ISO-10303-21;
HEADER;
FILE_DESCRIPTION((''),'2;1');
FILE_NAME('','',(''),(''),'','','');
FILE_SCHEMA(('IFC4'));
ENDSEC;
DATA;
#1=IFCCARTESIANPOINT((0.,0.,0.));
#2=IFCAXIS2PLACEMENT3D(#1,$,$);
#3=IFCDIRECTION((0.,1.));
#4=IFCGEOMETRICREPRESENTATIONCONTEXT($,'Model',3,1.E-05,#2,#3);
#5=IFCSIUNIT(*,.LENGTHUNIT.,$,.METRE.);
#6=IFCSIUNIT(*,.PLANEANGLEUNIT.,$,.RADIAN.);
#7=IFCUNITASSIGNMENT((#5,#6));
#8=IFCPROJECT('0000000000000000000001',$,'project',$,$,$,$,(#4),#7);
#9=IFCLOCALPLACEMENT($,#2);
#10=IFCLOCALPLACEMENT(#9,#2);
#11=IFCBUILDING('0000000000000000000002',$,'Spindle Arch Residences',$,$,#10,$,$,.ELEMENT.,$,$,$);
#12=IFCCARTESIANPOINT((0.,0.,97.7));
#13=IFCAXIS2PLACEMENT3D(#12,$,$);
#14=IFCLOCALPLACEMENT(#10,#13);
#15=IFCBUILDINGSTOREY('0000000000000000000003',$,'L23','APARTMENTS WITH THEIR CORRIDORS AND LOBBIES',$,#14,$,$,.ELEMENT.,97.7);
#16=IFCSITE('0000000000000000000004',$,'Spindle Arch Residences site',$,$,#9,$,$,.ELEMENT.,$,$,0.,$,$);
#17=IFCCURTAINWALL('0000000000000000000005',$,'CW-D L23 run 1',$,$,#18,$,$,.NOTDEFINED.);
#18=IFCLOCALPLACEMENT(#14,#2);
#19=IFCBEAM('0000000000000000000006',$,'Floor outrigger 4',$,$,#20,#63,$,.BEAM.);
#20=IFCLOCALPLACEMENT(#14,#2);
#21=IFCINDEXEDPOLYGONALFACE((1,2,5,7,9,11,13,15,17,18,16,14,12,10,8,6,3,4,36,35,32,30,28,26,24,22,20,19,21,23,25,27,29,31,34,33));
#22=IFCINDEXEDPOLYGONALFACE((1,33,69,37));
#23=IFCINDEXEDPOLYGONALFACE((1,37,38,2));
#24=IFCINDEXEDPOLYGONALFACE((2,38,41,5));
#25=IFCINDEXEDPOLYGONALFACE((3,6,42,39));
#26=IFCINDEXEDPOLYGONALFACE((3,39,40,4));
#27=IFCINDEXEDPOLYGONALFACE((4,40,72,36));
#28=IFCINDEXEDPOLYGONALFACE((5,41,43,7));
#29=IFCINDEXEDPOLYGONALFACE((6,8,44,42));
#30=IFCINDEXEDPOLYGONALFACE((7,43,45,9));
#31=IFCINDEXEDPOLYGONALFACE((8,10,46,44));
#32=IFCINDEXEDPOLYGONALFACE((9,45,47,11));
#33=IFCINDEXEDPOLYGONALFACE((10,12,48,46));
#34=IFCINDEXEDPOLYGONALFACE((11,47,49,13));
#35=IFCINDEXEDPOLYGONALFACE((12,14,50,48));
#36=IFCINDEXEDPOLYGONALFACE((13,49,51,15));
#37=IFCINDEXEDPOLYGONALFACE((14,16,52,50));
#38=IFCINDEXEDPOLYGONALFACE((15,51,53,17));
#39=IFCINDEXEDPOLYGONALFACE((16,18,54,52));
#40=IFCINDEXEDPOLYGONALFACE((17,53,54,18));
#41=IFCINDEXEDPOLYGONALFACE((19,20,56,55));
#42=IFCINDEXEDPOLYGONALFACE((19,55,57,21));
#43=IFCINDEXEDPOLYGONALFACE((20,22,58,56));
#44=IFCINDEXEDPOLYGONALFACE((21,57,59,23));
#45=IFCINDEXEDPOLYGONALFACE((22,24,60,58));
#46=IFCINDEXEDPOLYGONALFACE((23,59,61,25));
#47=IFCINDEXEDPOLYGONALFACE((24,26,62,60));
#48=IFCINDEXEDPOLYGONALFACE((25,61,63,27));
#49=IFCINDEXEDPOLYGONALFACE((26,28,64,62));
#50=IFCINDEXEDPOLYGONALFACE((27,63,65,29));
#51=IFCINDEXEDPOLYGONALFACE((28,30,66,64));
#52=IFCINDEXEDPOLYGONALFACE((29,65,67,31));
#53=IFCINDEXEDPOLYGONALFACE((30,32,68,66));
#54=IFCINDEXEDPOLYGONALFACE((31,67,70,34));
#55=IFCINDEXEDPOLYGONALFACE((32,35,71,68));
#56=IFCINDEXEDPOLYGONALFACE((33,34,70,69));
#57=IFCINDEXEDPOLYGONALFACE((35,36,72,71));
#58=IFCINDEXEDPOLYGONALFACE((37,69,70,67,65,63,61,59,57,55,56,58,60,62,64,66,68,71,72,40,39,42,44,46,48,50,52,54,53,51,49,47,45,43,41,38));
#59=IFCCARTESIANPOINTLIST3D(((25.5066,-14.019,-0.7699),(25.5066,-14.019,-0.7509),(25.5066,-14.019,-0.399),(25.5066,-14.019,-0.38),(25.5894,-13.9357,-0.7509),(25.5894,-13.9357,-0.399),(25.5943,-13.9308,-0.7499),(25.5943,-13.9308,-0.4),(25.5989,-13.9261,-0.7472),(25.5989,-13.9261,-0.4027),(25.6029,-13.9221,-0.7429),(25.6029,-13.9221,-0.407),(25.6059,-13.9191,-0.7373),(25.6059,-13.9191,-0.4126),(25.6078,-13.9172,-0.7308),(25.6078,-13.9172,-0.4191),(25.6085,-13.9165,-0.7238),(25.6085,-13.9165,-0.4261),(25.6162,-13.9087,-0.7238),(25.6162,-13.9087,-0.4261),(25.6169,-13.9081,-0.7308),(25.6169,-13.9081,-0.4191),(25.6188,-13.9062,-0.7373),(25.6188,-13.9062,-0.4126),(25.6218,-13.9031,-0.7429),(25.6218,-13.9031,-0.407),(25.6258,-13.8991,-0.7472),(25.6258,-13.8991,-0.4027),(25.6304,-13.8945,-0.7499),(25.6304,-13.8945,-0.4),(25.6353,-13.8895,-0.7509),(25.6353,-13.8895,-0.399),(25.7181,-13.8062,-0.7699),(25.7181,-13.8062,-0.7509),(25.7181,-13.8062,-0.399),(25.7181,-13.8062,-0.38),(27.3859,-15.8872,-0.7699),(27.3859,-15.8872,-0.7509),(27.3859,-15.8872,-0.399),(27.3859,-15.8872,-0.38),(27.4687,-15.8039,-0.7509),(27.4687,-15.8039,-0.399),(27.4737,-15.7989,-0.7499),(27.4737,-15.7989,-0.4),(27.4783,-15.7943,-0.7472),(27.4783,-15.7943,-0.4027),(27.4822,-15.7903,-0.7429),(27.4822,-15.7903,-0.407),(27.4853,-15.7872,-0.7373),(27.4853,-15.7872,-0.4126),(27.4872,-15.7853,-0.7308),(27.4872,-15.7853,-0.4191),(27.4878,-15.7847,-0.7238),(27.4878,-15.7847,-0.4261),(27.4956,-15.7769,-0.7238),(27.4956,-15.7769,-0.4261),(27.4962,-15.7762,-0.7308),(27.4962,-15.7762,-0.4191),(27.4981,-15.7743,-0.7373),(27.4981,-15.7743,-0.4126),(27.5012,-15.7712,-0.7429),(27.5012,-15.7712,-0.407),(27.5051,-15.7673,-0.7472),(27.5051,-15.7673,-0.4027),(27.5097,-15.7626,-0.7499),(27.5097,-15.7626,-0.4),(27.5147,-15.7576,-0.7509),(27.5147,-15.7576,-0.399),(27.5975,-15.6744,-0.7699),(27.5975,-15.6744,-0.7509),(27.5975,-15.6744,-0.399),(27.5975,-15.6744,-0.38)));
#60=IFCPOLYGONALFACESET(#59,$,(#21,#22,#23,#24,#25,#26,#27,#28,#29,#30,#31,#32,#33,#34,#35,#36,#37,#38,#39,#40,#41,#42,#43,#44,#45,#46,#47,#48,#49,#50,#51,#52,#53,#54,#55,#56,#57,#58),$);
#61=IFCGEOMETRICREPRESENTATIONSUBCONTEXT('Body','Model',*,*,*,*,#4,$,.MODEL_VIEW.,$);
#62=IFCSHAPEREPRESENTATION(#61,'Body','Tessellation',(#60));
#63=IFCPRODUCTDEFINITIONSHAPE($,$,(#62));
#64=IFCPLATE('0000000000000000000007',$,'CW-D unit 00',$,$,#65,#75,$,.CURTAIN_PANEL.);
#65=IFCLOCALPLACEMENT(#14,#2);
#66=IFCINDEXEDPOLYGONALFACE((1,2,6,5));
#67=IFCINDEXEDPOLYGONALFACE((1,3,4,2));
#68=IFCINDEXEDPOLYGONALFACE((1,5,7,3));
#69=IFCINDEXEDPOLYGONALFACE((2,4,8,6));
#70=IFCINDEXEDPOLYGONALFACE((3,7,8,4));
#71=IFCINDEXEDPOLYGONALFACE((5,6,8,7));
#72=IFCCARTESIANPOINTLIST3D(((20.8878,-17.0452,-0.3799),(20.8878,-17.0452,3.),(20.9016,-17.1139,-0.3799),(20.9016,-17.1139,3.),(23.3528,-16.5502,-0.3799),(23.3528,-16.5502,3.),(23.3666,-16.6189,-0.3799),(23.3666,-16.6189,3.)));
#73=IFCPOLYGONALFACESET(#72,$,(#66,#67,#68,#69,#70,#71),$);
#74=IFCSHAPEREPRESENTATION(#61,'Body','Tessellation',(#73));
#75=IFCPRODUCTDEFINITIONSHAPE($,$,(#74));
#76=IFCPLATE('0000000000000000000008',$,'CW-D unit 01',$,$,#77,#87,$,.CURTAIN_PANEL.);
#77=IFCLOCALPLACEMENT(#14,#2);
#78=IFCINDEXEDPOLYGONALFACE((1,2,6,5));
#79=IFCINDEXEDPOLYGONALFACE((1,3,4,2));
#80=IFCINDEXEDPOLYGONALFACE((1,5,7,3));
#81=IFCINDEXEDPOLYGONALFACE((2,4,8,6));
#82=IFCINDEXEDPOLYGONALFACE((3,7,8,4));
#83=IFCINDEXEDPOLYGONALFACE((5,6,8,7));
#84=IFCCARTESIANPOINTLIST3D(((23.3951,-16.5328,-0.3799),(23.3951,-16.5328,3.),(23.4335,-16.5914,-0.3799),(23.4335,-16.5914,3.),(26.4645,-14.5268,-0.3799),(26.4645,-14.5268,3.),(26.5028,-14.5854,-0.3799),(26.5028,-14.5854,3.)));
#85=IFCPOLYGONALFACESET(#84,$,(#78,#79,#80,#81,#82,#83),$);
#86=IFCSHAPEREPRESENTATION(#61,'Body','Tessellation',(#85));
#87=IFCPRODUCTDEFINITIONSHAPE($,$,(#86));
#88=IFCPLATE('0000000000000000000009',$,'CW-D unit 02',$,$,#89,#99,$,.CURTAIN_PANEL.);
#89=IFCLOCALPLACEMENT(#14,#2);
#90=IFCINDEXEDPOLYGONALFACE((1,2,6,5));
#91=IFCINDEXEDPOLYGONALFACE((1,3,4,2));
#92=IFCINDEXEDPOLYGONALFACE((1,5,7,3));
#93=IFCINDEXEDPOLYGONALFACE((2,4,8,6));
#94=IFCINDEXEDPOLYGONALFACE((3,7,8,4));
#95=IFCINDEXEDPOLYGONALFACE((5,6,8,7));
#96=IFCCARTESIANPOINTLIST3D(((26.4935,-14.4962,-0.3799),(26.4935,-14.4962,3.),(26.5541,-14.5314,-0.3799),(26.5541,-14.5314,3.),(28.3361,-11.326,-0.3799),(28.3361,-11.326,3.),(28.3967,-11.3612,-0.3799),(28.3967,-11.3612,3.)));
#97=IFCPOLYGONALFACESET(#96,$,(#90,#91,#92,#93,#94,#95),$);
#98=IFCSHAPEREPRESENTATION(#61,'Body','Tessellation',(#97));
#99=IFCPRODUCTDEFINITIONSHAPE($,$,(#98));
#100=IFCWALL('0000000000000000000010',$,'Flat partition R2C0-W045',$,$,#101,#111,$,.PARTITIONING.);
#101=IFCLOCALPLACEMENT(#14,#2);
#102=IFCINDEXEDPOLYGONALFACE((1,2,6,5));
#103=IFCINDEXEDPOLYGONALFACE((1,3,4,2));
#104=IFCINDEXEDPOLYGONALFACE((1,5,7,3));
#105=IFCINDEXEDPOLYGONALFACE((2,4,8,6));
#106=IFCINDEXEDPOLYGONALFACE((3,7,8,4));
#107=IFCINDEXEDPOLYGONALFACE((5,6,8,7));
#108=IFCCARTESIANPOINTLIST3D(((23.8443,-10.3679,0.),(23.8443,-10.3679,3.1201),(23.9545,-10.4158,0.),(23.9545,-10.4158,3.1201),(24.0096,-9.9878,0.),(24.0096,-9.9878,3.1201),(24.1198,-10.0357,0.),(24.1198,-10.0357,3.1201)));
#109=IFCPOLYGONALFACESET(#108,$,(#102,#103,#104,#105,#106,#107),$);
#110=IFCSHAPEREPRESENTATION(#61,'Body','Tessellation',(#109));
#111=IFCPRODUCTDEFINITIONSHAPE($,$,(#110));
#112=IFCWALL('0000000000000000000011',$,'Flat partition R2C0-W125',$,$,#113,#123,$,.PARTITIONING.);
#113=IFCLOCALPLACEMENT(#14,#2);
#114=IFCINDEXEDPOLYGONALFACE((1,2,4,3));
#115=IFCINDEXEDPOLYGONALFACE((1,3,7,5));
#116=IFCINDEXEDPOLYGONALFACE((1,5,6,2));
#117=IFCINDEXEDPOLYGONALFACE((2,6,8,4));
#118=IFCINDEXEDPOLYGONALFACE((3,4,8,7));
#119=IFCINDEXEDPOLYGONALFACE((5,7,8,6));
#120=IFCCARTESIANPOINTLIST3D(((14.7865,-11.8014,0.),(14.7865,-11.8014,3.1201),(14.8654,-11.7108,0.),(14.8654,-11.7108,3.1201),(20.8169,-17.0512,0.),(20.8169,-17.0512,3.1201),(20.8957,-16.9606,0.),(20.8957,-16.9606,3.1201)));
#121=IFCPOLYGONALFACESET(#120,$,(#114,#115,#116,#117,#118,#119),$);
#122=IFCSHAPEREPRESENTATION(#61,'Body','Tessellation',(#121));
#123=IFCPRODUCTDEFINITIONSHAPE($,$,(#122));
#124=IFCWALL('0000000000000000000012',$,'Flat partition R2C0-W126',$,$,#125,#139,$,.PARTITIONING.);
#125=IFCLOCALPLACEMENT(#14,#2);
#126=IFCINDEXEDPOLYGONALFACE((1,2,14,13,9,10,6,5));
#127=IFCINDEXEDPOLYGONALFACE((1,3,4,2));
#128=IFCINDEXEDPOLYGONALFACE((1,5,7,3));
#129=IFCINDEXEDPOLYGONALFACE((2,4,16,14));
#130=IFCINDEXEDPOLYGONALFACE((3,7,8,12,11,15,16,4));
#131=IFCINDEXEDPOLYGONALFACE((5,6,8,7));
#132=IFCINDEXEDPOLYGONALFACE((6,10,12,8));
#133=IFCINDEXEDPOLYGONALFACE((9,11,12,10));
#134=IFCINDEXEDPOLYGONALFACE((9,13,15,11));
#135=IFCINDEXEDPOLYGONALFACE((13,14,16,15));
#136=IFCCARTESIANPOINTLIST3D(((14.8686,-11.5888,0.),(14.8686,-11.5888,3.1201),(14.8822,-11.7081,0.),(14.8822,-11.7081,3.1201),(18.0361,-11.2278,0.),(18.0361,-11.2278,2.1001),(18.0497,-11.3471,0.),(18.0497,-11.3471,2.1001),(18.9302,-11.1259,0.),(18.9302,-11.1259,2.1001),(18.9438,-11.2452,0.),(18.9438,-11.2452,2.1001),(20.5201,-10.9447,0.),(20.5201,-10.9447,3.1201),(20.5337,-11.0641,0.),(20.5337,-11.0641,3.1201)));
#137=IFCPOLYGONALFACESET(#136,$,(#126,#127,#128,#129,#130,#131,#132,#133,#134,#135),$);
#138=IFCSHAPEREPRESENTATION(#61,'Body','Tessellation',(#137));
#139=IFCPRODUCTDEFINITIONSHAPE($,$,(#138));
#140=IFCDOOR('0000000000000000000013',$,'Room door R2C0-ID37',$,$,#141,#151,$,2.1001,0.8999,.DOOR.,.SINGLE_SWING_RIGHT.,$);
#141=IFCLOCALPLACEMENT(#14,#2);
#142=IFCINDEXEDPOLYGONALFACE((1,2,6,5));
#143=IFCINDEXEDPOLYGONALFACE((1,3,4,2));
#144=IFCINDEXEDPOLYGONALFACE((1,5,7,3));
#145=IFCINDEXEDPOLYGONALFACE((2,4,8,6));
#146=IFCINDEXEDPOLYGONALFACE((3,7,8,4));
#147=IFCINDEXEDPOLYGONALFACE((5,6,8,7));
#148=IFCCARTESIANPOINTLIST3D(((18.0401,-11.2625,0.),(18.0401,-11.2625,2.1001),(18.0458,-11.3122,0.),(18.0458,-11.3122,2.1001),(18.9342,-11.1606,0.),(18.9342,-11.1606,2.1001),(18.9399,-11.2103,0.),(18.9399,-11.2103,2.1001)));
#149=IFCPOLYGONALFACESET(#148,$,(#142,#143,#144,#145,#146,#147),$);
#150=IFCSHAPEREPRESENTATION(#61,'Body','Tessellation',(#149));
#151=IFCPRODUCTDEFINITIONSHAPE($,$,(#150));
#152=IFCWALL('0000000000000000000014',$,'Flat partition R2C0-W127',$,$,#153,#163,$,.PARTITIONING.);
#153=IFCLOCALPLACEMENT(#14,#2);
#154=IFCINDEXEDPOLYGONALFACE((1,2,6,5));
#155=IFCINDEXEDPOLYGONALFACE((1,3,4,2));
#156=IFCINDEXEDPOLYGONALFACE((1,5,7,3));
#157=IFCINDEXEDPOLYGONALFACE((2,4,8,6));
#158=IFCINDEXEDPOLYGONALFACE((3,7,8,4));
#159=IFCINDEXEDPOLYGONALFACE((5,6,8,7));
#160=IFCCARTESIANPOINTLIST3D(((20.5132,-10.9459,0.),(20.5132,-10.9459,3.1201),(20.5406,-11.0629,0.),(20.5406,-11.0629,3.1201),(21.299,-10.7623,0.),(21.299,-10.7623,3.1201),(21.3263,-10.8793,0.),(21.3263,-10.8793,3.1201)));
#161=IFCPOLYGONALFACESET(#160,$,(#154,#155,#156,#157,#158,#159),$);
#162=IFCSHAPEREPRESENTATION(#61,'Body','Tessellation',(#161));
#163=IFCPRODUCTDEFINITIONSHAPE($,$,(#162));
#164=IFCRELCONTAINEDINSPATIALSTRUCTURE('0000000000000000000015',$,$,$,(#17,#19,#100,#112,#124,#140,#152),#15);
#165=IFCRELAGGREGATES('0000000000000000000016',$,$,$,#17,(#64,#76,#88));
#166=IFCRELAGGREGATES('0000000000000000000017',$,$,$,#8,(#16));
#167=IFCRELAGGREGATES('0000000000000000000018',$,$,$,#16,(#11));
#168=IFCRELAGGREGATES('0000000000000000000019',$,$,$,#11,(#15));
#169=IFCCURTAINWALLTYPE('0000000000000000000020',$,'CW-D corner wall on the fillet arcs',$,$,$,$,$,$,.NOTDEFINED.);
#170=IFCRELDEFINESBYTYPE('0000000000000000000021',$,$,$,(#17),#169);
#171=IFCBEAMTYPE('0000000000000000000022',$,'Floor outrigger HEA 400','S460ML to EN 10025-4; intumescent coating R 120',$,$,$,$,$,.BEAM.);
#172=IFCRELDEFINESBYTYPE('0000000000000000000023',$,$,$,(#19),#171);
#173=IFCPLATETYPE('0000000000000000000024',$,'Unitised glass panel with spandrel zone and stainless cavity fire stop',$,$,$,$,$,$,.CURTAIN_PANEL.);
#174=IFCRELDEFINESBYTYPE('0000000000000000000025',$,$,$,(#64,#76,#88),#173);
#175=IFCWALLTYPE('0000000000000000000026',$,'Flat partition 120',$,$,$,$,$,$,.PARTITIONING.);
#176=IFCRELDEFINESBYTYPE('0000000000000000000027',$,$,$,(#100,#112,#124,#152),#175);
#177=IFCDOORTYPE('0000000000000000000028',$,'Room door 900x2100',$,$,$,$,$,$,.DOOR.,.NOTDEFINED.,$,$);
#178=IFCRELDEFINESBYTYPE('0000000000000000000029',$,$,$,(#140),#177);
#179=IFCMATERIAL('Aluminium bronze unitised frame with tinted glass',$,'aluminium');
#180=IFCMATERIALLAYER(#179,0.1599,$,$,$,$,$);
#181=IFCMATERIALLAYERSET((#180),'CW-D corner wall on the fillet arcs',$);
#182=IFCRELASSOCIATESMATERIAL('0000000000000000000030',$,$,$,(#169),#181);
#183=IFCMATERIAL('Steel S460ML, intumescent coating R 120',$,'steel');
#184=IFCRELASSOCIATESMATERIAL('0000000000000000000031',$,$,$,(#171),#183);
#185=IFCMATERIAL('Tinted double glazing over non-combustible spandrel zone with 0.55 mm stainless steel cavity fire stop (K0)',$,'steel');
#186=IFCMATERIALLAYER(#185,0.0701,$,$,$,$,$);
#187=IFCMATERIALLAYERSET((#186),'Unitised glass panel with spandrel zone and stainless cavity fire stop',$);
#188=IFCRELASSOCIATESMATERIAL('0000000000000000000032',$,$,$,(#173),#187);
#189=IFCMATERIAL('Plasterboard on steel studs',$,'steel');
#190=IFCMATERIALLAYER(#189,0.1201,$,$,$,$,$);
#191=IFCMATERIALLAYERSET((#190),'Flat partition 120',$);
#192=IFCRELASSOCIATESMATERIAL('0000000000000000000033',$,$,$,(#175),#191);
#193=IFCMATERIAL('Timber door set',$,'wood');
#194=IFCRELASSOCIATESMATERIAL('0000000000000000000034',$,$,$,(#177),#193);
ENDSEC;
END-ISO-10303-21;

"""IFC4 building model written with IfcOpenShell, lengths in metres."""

from ifc_helpers import new_model, si_unit, direction, frame, frame_2d, origin, origin_2d, place, context, subcontext, project, spatial, rectangle, i_section, extrude, material, layer, layer_set, material_profile, profile_set, type_object, element, fill, aggregate, save


model = new_model("IFC4")

# Units and contexts
model_context = context("Model", 3, precision=1e-05, world=origin(), true_north=direction((0.0, 1.0)))
body_context = subcontext(model_context, "Body", "Model", "MODEL_VIEW")
ifc_project = project(units=[si_unit("LENGTHUNIT", "METRE"), si_unit("PLANEANGLEUNIT", "RADIAN")], contexts=[model_context])

# Site, building, storey
site_placement = place(None, origin())
site = spatial("IfcSite", under=ifc_project, at=site_placement, Name="Spindle Arch Residences site", CompositionType="ELEMENT", RefElevation=0.0)
building_placement = place(site_placement, origin())
building = spatial("IfcBuilding", under=site, at=building_placement, Name="Spindle Arch Residences", CompositionType="ELEMENT")
storey_placement = place(building_placement, frame((0.0, 0.0, 97.7)))
storey = spatial("IfcBuildingStorey", under=building, at=storey_placement, Name="L23", Description="APARTMENTS WITH THEIR CORRIDORS AND LOBBIES", CompositionType="ELEMENT", Elevation=97.7)

# Curtain wall
ifc_material_1 = material(Name="Aluminium bronze unitised frame with tinted glass", Category="aluminium")
ifc_layer_1 = layer(ifc_material_1, 0.1599)
ifc_layer_set_1 = layer_set([ifc_layer_1], Name="CW-D corner wall on the fillet arcs")
curtain_wall_type = type_object("IfcCurtainWallType", Name="CW-D corner wall on the fillet arcs", PredefinedType="NOTDEFINED", material=ifc_layer_set_1)
curtain_wall_placement = place(storey_placement, origin())
curtain_wall = element("IfcCurtainWall", 1, at=curtain_wall_placement, inside=storey, type_object=curtain_wall_type, Name="CW-D L23 run 1", PredefinedType="NOTDEFINED")

# Beam
ifc_material_2 = material(Name="Steel S460ML, intumescent coating R 120", Category="steel")
ifc_material_profile_1 = material_profile(ifc_material_2, i_section(OverallWidth=0.3, OverallDepth=0.3899, WebThickness=0.011, FlangeThickness=0.019, FilletRadius=0.0271, at=origin_2d()), Name="HEA 400")
ifc_profile_set_1 = profile_set([ifc_material_profile_1], Name="Steel S460ML, intumescent coating R 120")
beam_type_1 = type_object("IfcBeamType", Name="Floor outrigger HEA 400", Description="S460ML to EN 10025-4; intumescent coating R 120", PredefinedType="BEAM", material=ifc_profile_set_1)
beam_1_placement = place(storey_placement, frame((27.4917, -15.7808, -0.575), z_axis=(-0.709223, 0.704985, 0.0), x_axis=(-0.704985, -0.709223, 0.0)))
element("IfcBeam", 2, at=beam_1_placement, inside=storey, type_object=beam_type_1, Name="Floor outrigger 4", PredefinedType="BEAM", context=body_context, shape_type="SweptSolid", body=[
    extrude(i_section(OverallWidth=0.3, OverallDepth=0.3899, WebThickness=0.011, FlangeThickness=0.019, FilletRadius=0.0271, at=origin_2d()), origin(), (0.0, 0.0, 1.0), 2.6499),
])

# Plates
ifc_material_3 = material(Name="Tinted double glazing over non-combustible spandrel zone with 0.55 mm stainless steel cavity fire stop (K0)", Category="steel")
ifc_layer_2 = layer(ifc_material_3, 0.0701)
ifc_layer_set_2 = layer_set([ifc_layer_2], Name="Unitised glass panel with spandrel zone and stainless cavity fire stop")
plate_type = type_object("IfcPlateType", Name="Unitised glass panel with spandrel zone and stainless cavity fire stop", PredefinedType="CURTAIN_PANEL", material=ifc_layer_set_2)
plate_1_placement = place(storey_placement, frame((22.1272, -16.832, -0.3799), z_axis=(0.0, 0.0, 1.0), x_axis=(0.980431, 0.196863, 0.0)))
plate_1 = element("IfcPlate", 3, at=plate_1_placement, type_object=plate_type, Name="CW-D unit 00", PredefinedType="CURTAIN_PANEL", context=body_context, shape_type="SweptSolid", body=[
    extrude(rectangle(XDim=2.5142, YDim=0.0701, at=origin_2d()), origin(), (0.0, 0.0, 1.0), 3.3799),
])
plate_2_placement = place(storey_placement, frame((24.949, -15.5591, -0.3799), z_axis=(0.0, 0.0, 1.0), x_axis=(0.837083, 0.547076, 0.0)))
plate_2 = element("IfcPlate", 4, at=plate_2_placement, type_object=plate_type, Name="CW-D unit 01", PredefinedType="CURTAIN_PANEL", context=body_context, shape_type="SweptSolid", body=[
    extrude(rectangle(XDim=3.6667, YDim=0.0701, at=origin_2d()), origin(), (0.0, 0.0, 1.0), 3.3799),
])
plate_3_placement = place(storey_placement, frame((27.4451, -12.9287, -0.3799), z_axis=(0.0, 0.0, 1.0), x_axis=(0.502517, 0.864567, 0.0)))
plate_3 = element("IfcPlate", 5, at=plate_3_placement, type_object=plate_type, Name="CW-D unit 02", PredefinedType="CURTAIN_PANEL", context=body_context, shape_type="SweptSolid", body=[
    extrude(rectangle(XDim=3.6667, YDim=0.0701, at=origin_2d()), origin(), (0.0, 0.0, 1.0), 3.3799),
])
aggregate(curtain_wall, [plate_1, plate_2, plate_3])

# Walls
ifc_material_4 = material(Name="Plasterboard on steel studs", Category="steel")
ifc_layer_3 = layer(ifc_material_4, 0.1201)
ifc_layer_set_3 = layer_set([ifc_layer_3], Name="Flat partition 120")
wall_type_1 = type_object("IfcWallType", Name="Flat partition 120", PredefinedType="PARTITIONING", material=ifc_layer_set_3)
wall_1_placement = place(storey_placement, frame((24.0647, -10.0117, 0.0), z_axis=(0.0, 0.0, 1.0), x_axis=(-0.398748, -0.917061, 0.0)))
element("IfcWall", 6, at=wall_1_placement, inside=storey, type_object=wall_type_1, Name="Flat partition R2C0-W045", PredefinedType="PARTITIONING", context=body_context, shape_type="SweptSolid", body=[
    extrude(rectangle(XDim=0.4146, YDim=0.1201, at=frame_2d((0.2073, 0.0))), origin(), (0.0, 0.0, 1.0), 3.1201),
])
wall_2_placement = place(storey_placement, frame((20.8562, -17.0059, 0.0), z_axis=(0.0, 0.0, 1.0), x_axis=(-0.754231, 0.656609, 0.0)))
element("IfcWall", 7, at=wall_2_placement, inside=storey, type_object=wall_type_1, Name="Flat partition R2C0-W125", PredefinedType="PARTITIONING", context=body_context, shape_type="SweptSolid", body=[
    extrude(rectangle(XDim=7.9954, YDim=0.1201, at=frame_2d((3.9976, 0.0))), origin(), (0.0, 0.0, 1.0), 3.1201),
])

# Wall, opening, door
wall_3_placement = place(storey_placement, frame((20.5269, -11.0044, 0.0), z_axis=(0.0, 0.0, 1.0), x_axis=(-0.993569, -0.113229, 0.0)))
wall_3 = element("IfcWall", 8, at=wall_3_placement, inside=storey, type_object=wall_type_1, Name="Flat partition R2C0-W126", PredefinedType="PARTITIONING", context=body_context, shape_type="SweptSolid", body=[
    extrude(rectangle(XDim=5.688, YDim=0.1201, at=frame_2d((2.844, 0.0))), origin(), (0.0, 0.0, 1.0), 3.1201),
])
opening_1_placement = place(wall_3_placement, frame((1.6001, 0.0, 0.0)))
opening_1 = element("IfcOpeningElement", 9, at=opening_1_placement, cuts=wall_3, PredefinedType="OPENING", context=body_context, shape_type="SweptSolid", body=[
    extrude(rectangle(XDim=0.8999, YDim=2.1001, at=frame_2d((0.45, 1.05))), frame((0.0, 0.0701, 0.0), z_axis=(0.0, -1.0, 0.0), x_axis=(1.0, 0.0, 0.0)), (0.0, 0.0, 1.0), 0.1401),
])
ifc_material_5 = material(Name="Timber door set", Category="wood")
door_type = type_object("IfcDoorType", Name="Room door 900x2100", OperationType="NOTDEFINED", PredefinedType="DOOR", material=ifc_material_5)
door_1_placement = place(opening_1_placement, origin())
door_1 = element("IfcDoor", 10, at=door_1_placement, inside=storey, type_object=door_type, Name="Room door R2C0-ID37", OperationType="SINGLE_SWING_RIGHT", OverallHeight=2.1001, OverallWidth=0.8999, PredefinedType="DOOR", context=body_context, shape_type="SweptSolid", body=[
    extrude(rectangle(XDim=0.8999, YDim=2.1001, at=frame_2d((0.45, 1.05))), frame((0.0, 0.0249, 0.0), z_axis=(0.0, -1.0, 0.0), x_axis=(1.0, 0.0, 0.0)), (0.0, 0.0, 1.0), 0.05),
])
fill(opening_1, door_1)

# Wall
wall_4_placement = place(storey_placement, frame((21.3125, -10.8208, 0.0), z_axis=(0.0, 0.0, 1.0), x_axis=(-0.973765, -0.227555, 0.0)))
element("IfcWall", 11, at=wall_4_placement, inside=storey, type_object=wall_type_1, Name="Flat partition R2C0-W127", PredefinedType="PARTITIONING", context=body_context, shape_type="SweptSolid", body=[
    extrude(rectangle(XDim=0.8069, YDim=0.1201, at=frame_2d((0.4033, 0.0))), origin(), (0.0, 0.0, 1.0), 3.1201),
])

save(model, "model.ifc")
